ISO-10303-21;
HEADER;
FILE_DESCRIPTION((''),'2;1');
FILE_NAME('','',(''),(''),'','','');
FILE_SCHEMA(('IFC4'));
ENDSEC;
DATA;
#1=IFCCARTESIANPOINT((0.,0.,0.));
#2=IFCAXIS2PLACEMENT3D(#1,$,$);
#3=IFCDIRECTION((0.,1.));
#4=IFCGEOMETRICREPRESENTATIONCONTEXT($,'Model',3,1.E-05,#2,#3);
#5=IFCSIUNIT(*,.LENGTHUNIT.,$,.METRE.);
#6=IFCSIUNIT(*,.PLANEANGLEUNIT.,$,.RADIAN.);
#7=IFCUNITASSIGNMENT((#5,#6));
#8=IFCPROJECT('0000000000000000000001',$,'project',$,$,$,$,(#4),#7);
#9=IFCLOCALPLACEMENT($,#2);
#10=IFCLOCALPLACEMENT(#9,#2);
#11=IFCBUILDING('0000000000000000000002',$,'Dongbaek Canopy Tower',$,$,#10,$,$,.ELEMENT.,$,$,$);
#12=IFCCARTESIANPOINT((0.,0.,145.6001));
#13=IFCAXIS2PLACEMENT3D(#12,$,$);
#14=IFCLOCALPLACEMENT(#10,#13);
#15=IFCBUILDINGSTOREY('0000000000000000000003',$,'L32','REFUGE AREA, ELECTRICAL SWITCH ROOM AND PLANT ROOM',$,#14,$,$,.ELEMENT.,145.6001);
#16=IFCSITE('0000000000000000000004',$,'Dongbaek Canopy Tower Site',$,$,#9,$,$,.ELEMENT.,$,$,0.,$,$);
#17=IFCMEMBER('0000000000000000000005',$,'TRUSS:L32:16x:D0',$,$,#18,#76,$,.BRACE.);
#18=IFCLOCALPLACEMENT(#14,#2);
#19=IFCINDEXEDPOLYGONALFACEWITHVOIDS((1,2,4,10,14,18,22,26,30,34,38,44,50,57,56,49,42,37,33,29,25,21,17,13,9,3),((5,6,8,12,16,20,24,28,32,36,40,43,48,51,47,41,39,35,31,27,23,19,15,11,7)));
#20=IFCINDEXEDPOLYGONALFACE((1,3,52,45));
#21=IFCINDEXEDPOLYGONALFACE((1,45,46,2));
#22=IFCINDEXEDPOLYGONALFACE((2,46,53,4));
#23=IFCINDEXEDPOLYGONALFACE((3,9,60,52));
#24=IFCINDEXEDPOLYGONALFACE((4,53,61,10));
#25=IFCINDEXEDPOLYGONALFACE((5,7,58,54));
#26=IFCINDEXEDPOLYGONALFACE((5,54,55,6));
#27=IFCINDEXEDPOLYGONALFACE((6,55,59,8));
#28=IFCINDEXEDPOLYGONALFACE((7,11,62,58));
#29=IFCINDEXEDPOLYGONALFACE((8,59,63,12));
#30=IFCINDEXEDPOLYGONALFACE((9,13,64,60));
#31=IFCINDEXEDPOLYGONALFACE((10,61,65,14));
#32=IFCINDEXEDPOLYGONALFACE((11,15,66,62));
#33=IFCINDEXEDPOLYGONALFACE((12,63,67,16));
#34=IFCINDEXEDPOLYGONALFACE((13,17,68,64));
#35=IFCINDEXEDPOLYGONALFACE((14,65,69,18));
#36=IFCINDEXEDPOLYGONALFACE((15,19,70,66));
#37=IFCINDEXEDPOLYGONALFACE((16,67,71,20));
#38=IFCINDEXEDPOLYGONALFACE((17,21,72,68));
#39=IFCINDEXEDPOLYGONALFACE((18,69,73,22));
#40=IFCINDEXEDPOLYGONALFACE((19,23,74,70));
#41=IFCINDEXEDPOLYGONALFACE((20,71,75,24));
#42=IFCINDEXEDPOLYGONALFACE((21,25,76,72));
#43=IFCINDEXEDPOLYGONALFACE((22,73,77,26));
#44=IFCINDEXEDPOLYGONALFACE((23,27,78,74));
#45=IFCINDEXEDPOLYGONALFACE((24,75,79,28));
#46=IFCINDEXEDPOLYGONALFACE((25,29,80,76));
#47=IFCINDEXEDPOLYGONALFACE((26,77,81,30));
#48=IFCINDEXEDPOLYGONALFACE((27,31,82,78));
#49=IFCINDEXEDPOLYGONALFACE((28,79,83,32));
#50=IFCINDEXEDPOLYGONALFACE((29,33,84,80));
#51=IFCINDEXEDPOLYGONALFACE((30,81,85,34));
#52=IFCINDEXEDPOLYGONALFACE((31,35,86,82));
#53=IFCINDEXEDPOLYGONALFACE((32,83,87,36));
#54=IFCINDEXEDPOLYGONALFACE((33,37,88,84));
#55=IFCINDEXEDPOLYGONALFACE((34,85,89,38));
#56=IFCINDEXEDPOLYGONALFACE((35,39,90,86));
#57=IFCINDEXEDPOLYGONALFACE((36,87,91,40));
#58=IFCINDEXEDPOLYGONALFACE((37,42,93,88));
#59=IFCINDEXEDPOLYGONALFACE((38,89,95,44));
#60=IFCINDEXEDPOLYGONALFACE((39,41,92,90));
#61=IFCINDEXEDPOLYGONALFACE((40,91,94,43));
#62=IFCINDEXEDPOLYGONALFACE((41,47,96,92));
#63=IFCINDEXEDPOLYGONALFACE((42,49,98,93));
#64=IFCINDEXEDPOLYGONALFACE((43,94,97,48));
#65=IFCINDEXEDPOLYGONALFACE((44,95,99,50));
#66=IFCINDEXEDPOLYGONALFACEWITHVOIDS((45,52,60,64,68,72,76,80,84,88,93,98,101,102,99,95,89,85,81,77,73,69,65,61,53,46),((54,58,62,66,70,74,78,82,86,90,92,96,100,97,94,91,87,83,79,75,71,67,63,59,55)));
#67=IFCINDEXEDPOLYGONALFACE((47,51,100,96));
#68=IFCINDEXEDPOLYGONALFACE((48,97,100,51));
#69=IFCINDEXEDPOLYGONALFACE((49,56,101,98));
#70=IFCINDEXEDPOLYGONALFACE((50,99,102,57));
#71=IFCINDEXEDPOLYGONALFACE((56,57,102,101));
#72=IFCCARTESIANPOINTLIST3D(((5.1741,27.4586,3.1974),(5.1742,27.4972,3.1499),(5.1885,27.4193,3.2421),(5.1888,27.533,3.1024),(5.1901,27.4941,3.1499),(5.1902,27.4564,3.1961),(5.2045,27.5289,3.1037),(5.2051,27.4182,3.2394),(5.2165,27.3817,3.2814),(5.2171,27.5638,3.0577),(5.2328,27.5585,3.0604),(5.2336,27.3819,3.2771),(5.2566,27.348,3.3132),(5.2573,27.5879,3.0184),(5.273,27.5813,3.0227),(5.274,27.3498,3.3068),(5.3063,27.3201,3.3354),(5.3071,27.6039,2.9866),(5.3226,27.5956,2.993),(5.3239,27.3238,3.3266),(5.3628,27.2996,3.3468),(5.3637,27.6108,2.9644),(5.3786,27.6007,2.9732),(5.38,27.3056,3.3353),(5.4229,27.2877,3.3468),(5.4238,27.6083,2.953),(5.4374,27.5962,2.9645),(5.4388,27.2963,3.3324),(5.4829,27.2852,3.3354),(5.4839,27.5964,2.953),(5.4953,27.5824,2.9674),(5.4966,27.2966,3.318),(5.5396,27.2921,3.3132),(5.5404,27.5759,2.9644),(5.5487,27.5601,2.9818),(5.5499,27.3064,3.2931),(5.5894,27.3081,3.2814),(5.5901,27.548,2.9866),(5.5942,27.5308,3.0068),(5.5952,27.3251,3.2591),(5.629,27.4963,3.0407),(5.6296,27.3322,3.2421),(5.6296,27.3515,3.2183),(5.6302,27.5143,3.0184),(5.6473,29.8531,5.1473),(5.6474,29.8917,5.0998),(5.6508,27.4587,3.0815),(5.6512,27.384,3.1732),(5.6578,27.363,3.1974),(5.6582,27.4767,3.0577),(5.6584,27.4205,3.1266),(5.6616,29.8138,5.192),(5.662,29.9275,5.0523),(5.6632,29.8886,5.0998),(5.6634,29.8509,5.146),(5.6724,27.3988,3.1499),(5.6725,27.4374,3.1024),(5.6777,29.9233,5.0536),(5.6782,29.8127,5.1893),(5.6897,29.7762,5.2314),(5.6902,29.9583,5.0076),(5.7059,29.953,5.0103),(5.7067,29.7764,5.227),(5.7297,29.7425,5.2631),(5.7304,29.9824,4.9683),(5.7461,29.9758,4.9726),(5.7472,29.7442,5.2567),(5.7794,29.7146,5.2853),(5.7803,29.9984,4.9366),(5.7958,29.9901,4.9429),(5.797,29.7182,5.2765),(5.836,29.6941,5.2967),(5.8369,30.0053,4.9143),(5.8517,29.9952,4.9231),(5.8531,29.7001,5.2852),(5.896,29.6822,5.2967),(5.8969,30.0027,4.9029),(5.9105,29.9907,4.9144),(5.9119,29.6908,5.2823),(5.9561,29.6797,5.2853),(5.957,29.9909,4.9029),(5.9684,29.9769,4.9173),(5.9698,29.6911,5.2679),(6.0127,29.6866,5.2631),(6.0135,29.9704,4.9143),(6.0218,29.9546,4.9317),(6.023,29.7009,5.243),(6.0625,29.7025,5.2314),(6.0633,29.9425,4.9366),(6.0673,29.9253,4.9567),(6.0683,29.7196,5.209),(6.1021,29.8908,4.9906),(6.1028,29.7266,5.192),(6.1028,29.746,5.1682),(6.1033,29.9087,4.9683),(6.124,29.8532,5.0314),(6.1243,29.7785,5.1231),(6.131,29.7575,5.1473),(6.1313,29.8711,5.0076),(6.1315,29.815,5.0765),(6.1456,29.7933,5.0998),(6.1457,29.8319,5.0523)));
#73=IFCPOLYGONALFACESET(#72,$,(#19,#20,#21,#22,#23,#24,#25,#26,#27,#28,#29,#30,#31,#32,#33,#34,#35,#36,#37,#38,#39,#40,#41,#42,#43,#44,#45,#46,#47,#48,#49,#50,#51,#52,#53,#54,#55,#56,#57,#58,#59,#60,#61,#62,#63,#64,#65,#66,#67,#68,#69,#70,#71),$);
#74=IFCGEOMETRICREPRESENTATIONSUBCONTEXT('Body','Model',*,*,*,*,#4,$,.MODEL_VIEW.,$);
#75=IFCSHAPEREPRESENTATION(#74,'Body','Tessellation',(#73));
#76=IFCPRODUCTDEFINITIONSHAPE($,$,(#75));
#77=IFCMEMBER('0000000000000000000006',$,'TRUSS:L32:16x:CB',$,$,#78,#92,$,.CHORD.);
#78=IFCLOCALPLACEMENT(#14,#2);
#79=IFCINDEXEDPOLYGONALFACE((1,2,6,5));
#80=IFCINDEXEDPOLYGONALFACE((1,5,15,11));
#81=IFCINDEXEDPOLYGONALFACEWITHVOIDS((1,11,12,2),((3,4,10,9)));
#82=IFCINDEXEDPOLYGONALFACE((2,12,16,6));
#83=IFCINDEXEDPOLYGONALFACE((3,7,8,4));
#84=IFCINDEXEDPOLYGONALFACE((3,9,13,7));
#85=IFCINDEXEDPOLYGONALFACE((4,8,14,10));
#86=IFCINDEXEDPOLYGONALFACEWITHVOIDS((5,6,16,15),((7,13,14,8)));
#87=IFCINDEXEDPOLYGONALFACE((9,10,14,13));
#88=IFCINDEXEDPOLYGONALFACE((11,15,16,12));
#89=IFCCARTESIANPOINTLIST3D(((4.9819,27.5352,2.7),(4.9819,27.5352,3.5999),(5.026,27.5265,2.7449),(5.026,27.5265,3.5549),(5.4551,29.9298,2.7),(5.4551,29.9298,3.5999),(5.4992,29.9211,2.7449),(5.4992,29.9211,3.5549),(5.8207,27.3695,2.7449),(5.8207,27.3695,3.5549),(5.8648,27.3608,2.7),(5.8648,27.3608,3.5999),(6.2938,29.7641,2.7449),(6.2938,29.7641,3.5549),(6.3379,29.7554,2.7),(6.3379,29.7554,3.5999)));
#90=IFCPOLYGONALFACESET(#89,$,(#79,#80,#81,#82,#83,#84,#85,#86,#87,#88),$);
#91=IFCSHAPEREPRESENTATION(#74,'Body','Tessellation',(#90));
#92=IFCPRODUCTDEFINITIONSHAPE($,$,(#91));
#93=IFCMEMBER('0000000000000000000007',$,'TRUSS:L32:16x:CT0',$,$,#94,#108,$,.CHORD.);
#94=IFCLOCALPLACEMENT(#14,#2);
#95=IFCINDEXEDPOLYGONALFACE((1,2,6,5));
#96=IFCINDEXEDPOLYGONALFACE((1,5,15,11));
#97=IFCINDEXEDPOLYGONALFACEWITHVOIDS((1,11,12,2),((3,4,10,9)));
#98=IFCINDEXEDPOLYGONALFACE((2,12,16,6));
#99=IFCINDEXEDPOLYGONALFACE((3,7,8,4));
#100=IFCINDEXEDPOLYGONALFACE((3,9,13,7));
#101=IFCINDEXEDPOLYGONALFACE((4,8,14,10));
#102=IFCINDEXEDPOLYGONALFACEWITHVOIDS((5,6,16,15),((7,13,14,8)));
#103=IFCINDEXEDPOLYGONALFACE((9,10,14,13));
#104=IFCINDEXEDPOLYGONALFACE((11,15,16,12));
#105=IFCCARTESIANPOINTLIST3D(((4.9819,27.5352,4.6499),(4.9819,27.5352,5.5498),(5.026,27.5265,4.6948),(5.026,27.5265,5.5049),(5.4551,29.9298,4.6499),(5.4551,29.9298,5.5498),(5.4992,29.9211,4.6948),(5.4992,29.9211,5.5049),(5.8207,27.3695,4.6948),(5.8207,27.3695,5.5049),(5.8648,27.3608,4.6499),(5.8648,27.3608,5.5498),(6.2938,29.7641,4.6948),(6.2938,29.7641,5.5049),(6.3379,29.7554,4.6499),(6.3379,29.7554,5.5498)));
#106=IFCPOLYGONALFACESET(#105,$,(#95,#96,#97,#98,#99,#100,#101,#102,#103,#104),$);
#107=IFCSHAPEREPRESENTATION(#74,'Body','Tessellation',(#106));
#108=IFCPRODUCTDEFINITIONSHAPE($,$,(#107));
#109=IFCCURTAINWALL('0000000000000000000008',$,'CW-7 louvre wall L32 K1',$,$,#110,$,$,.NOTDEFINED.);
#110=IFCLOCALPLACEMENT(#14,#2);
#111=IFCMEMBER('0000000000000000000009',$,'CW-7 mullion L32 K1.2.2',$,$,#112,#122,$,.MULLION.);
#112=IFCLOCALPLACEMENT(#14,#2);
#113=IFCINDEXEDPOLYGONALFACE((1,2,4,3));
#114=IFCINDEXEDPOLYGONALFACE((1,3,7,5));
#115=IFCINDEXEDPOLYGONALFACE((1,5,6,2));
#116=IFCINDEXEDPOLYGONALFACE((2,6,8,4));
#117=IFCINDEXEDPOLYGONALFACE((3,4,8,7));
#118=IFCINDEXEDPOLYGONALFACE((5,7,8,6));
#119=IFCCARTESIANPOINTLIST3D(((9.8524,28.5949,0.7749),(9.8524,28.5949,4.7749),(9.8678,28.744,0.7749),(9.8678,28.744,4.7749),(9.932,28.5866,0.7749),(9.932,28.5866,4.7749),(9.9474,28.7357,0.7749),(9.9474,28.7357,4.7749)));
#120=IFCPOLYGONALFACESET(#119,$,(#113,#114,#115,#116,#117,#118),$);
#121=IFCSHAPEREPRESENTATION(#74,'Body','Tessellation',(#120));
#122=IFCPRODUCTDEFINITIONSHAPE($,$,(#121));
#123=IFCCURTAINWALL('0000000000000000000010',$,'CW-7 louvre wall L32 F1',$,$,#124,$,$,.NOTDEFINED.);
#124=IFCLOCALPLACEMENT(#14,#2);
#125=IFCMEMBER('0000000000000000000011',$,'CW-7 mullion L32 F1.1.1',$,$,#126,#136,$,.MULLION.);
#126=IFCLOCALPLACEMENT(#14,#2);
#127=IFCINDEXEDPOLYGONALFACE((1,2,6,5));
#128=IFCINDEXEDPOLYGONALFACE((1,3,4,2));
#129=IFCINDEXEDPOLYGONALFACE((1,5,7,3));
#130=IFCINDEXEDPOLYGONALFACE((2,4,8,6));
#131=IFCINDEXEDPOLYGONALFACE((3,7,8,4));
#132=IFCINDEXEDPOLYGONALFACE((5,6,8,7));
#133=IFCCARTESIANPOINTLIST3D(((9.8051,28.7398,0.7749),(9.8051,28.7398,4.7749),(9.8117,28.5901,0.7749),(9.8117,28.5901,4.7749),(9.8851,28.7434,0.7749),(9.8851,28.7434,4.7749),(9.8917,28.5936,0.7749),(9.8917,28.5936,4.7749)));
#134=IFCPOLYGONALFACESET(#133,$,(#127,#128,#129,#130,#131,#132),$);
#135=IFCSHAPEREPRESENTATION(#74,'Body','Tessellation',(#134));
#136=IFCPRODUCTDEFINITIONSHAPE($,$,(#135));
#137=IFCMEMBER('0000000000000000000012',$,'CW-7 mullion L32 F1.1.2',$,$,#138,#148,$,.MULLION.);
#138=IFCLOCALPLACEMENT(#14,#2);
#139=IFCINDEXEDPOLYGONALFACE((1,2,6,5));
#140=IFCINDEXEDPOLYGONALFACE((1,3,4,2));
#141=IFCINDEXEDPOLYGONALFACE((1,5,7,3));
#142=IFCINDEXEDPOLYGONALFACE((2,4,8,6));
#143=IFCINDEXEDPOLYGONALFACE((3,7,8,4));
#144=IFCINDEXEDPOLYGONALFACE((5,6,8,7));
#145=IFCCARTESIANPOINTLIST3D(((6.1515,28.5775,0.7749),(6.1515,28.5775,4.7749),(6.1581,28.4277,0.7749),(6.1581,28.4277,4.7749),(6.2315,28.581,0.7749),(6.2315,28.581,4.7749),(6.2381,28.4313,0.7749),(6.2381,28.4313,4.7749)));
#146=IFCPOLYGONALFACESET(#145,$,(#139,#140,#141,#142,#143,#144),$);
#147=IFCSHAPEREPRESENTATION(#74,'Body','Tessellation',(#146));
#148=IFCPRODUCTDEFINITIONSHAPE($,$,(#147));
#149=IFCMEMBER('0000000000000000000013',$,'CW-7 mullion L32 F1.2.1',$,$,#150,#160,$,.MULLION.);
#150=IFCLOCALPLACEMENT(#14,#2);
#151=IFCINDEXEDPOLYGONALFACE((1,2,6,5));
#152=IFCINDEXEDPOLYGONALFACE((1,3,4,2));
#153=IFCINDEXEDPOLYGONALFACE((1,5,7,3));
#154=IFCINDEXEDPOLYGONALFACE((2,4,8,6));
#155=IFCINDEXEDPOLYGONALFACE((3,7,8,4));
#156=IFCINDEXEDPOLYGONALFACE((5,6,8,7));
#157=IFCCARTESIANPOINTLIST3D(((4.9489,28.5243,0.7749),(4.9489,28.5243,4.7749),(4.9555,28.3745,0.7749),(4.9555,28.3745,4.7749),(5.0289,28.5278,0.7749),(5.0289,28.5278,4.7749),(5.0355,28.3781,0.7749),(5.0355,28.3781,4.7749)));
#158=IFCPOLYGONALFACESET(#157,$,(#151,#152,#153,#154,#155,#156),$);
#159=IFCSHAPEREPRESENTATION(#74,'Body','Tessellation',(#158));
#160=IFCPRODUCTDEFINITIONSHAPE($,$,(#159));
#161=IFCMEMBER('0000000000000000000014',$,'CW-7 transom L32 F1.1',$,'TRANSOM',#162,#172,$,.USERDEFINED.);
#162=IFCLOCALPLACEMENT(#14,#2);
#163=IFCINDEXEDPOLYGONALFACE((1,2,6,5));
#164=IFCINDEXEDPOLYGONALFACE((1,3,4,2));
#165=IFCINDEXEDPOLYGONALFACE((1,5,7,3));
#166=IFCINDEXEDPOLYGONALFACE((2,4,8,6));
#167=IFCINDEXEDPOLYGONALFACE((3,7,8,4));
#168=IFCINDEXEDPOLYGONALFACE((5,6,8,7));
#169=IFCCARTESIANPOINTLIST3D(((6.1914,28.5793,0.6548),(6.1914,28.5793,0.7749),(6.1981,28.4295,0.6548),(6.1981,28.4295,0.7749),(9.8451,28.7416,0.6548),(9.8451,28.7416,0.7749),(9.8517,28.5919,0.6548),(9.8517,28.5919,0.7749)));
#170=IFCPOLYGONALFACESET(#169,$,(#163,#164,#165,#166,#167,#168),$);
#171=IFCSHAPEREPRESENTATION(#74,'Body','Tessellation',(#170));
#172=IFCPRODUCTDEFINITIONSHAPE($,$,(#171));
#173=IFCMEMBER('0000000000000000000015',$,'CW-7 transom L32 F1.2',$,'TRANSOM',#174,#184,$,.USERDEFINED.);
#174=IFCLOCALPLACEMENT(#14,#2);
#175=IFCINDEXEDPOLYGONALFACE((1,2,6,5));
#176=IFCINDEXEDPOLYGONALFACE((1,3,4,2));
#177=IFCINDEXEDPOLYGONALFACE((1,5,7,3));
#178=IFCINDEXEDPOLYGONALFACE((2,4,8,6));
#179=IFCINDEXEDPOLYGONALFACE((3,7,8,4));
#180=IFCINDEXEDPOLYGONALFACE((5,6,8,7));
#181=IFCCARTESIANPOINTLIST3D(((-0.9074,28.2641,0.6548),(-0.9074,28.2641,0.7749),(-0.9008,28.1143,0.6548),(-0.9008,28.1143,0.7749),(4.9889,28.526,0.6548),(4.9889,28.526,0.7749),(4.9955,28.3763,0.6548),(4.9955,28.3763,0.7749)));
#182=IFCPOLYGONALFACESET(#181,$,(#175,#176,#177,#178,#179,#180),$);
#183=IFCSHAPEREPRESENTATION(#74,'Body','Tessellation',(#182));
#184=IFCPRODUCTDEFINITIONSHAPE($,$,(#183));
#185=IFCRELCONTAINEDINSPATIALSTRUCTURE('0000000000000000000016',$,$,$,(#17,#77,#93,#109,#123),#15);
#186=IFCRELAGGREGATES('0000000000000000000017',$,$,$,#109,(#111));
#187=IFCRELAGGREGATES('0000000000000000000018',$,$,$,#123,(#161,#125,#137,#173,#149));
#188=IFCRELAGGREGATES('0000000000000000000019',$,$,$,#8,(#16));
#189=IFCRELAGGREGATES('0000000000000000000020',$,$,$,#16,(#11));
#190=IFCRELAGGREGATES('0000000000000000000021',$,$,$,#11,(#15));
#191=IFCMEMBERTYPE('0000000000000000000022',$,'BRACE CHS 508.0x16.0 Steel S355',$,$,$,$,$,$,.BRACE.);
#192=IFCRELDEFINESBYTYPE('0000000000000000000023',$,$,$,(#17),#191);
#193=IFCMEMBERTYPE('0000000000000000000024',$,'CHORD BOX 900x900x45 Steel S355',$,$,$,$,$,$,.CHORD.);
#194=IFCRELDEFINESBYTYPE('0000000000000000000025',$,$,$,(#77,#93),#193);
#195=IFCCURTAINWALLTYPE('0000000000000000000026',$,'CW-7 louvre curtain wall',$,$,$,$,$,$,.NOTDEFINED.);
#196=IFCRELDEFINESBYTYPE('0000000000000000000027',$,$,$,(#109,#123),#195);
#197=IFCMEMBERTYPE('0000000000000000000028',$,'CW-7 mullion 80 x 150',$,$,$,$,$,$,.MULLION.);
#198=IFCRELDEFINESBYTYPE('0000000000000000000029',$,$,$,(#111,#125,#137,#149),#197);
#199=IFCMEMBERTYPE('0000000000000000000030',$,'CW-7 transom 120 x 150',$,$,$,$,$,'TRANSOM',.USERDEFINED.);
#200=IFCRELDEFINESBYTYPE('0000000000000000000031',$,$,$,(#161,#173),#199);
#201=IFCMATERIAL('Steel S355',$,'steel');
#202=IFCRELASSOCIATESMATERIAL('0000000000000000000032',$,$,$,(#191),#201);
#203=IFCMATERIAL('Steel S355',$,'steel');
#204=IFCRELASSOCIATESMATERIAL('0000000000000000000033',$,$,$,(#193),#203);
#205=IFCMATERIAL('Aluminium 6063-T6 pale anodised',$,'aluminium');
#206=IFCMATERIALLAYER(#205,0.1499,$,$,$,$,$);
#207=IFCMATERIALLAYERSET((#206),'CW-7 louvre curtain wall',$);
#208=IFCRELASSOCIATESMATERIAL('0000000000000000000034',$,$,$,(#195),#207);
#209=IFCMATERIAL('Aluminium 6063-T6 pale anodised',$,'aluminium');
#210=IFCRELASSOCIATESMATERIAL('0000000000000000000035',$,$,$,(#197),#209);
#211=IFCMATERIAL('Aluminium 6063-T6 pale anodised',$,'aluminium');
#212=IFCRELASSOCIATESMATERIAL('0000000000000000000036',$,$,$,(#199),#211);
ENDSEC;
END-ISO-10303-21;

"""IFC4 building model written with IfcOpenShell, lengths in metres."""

from ifc_helpers import new_model, si_unit, direction, frame, origin, origin_2d, place, context, subcontext, project, spatial, rectangle, hollow_rectangle, hollow_circle, extrude, material, layer, layer_set, material_profile, profile_set, type_object, element, aggregate, save


model = new_model("IFC4")

# Units and contexts
model_context = context("Model", 3, precision=1e-05, world=origin(), true_north=direction((0.0, 1.0)))
body_context = subcontext(model_context, "Body", "Model", "MODEL_VIEW")
ifc_project = project(units=[si_unit("LENGTHUNIT", "METRE"), si_unit("PLANEANGLEUNIT", "RADIAN")], contexts=[model_context])

# Site, building, storey
site_placement = place(None, origin())
site = spatial("IfcSite", under=ifc_project, at=site_placement, Name="Dongbaek Canopy Tower Site", CompositionType="ELEMENT", RefElevation=0.0)
building_placement = place(site_placement, origin())
building = spatial("IfcBuilding", under=site, at=building_placement, Name="Dongbaek Canopy Tower", CompositionType="ELEMENT")
storey_placement = place(building_placement, frame((0.0, 0.0, 145.6001)))
storey = spatial("IfcBuildingStorey", under=building, at=storey_placement, Name="L32", Description="REFUGE AREA, ELECTRICAL SWITCH ROOM AND PLANT ROOM", CompositionType="ELEMENT", Elevation=145.6001)

# Members
ifc_material_1 = material(Name="Steel S355", Category="steel")
ifc_material_profile_1 = material_profile(ifc_material_1, hollow_circle(Radius=0.2539, WallThickness=0.0161, at=origin_2d()), Name="BRACE CHS 508.0x16.0 Steel S355")
ifc_profile_set_1 = profile_set([ifc_material_profile_1], Name="Steel S355")
member_type_1 = type_object("IfcMemberType", Name="BRACE CHS 508.0x16.0 Steel S355", PredefinedType="BRACE", material=ifc_profile_set_1)
member_1_placement = place(storey_placement, frame((5.4233, 27.448, 3.1499), z_axis=(0.15145, 0.766473, 0.624166), x_axis=(-0.981032, 0.193846, 0.0)))
element("IfcMember", 1, at=member_1_placement, inside=storey, type_object=member_type_1, Name="TRUSS:L32:16x:D0", PredefinedType="BRACE", context=body_context, shape_type="SweptSolid", body=[
    extrude(hollow_circle(Radius=0.2539, WallThickness=0.0161, at=origin_2d()), origin(), (0.0, 0.0, 1.0), 3.124),
])
ifc_material_2 = material(Name="Steel S355", Category="steel")
ifc_material_profile_2 = material_profile(ifc_material_2, hollow_rectangle(XDim=0.8999, YDim=0.8999, WallThickness=0.0449, at=origin_2d()), Name="CHORD BOX 900x900x45 Steel S355")
ifc_profile_set_2 = profile_set([ifc_material_profile_2], Name="Steel S355")
member_type_2 = type_object("IfcMemberType", Name="CHORD BOX 900x900x45 Steel S355", PredefinedType="CHORD", material=ifc_profile_set_2)
for number, where, z_axis, x_axis, name in (
    (2, (5.4233, 27.448, 3.1499), (0.193846, 0.981032, 0.0), (-0.981032, 0.193846, 0.0), "TRUSS:L32:16x:CB"),
    (3, (5.4233, 27.448, 5.0999), (0.193846, 0.981032, 0.0), (-0.981032, 0.193846, 0.0), "TRUSS:L32:16x:CT0"),
):
    element("IfcMember", number, at=place(storey_placement, frame(where, z_axis=z_axis, x_axis=x_axis)), inside=storey, type_object=member_type_2, Name=name, PredefinedType="CHORD", context=body_context, shape_type="SweptSolid", body=[
        extrude(hollow_rectangle(XDim=0.8999, YDim=0.8999, WallThickness=0.0449, at=origin_2d()), origin(), (0.0, 0.0, 1.0), 2.4409),
    ])

# Curtain wall, member
ifc_material_3 = material(Name="Aluminium 6063-T6 pale anodised", Category="aluminium")
ifc_layer_1 = layer(ifc_material_3, 0.1499)
ifc_layer_set_1 = layer_set([ifc_layer_1], Name="CW-7 louvre curtain wall")
curtain_wall_type = type_object("IfcCurtainWallType", Name="CW-7 louvre curtain wall", PredefinedType="NOTDEFINED", material=ifc_layer_set_1)
curtain_wall_1_placement = place(storey_placement, origin())
curtain_wall_1 = element("IfcCurtainWall", 4, at=curtain_wall_1_placement, inside=storey, type_object=curtain_wall_type, Name="CW-7 louvre wall L32 K1", PredefinedType="NOTDEFINED")
ifc_material_4 = material(Name="Aluminium 6063-T6 pale anodised", Category="aluminium")
ifc_material_profile_3 = material_profile(ifc_material_4, rectangle(XDim=0.1499, YDim=0.0801, at=origin_2d()), Name="CW-7 mullion 80 x 150")
ifc_profile_set_3 = profile_set([ifc_material_profile_3], Name="Aluminium 6063-T6 pale anodised")
member_type_3 = type_object("IfcMemberType", Name="CW-7 mullion 80 x 150", PredefinedType="MULLION", material=ifc_profile_set_3)
member_2_placement = place(storey_placement, frame((9.8999, 28.6653, 0.7749), z_axis=(0.0, 0.0, 1.0), x_axis=(0.103005, 0.994681, 0.0)))
member_2 = element("IfcMember", 5, at=member_2_placement, type_object=member_type_3, Name="CW-7 mullion L32 K1.2.2", PredefinedType="MULLION", context=body_context, shape_type="SweptSolid", body=[
    extrude(rectangle(XDim=0.1499, YDim=0.0801, at=origin_2d()), origin(), (0.0, 0.0, 1.0), 4.0),
])
aggregate(curtain_wall_1, [member_2])

# Curtain wall, members
curtain_wall_2_placement = place(storey_placement, origin())
curtain_wall_2 = element("IfcCurtainWall", 6, at=curtain_wall_2_placement, inside=storey, type_object=curtain_wall_type, Name="CW-7 louvre wall L32 F1", PredefinedType="NOTDEFINED")
member_3_placement = place(storey_placement, frame((9.8484, 28.6667, 0.7749), z_axis=(0.0, 0.0, 1.0), x_axis=(-0.04436, 0.999016, 0.0)))
member_3 = element("IfcMember", 7, at=member_3_placement, type_object=member_type_3, Name="CW-7 mullion L32 F1.1.1", PredefinedType="MULLION", context=body_context, shape_type="SweptSolid", body=[
    extrude(rectangle(XDim=0.1499, YDim=0.0801, at=origin_2d()), origin(), (0.0, 0.0, 1.0), 4.0),
])
member_4_placement = place(storey_placement, frame((6.1948, 28.5044, 0.7749), z_axis=(0.0, 0.0, 1.0), x_axis=(-0.04436, 0.999016, 0.0)))
member_4 = element("IfcMember", 8, at=member_4_placement, type_object=member_type_3, Name="CW-7 mullion L32 F1.1.2", PredefinedType="MULLION", context=body_context, shape_type="SweptSolid", body=[
    extrude(rectangle(XDim=0.1499, YDim=0.0801, at=origin_2d()), origin(), (0.0, 0.0, 1.0), 4.0),
])
member_5_placement = place(storey_placement, frame((4.9922, 28.4512, 0.7749), z_axis=(0.0, 0.0, 1.0), x_axis=(-0.04436, 0.999016, 0.0)))
member_5 = element("IfcMember", 9, at=member_5_placement, type_object=member_type_3, Name="CW-7 mullion L32 F1.2.1", PredefinedType="MULLION", context=body_context, shape_type="SweptSolid", body=[
    extrude(rectangle(XDim=0.1499, YDim=0.0801, at=origin_2d()), origin(), (0.0, 0.0, 1.0), 4.0),
])
ifc_material_5 = material(Name="Aluminium 6063-T6 pale anodised", Category="aluminium")
ifc_material_profile_4 = material_profile(ifc_material_5, rectangle(XDim=0.1499, YDim=0.1201, at=origin_2d()), Name="CW-7 transom 120 x 150")
ifc_profile_set_4 = profile_set([ifc_material_profile_4], Name="Aluminium 6063-T6 pale anodised")
member_type_4 = type_object("IfcMemberType", Name="CW-7 transom 120 x 150", ElementType="TRANSOM", PredefinedType="USERDEFINED", material=ifc_profile_set_4)
member_6_placement = place(storey_placement, frame((9.8484, 28.6667, 0.7148), z_axis=(-0.999014, -0.044393, 0.0), x_axis=(0.044393, -0.999014, 0.0)))
member_6 = element("IfcMember", 10, at=member_6_placement, type_object=member_type_4, Name="CW-7 transom L32 F1.1", ObjectType="TRANSOM", PredefinedType="USERDEFINED", context=body_context, shape_type="SweptSolid", body=[
    extrude(rectangle(XDim=0.1499, YDim=0.1201, at=origin_2d()), origin(), (0.0, 0.0, 1.0), 3.6572),
])
member_7_placement = place(storey_placement, frame((4.9922, 28.4512, 0.7148), z_axis=(-0.999014, -0.044385, 0.0), x_axis=(0.044385, -0.999014, 0.0)))
member_7 = element("IfcMember", 11, at=member_7_placement, type_object=member_type_4, Name="CW-7 transom L32 F1.2", ObjectType="TRANSOM", PredefinedType="USERDEFINED", context=body_context, shape_type="SweptSolid", body=[
    extrude(rectangle(XDim=0.1499, YDim=0.1201, at=origin_2d()), origin(), (0.0, 0.0, 1.0), 5.9021),
])

aggregate(curtain_wall_2, [member_6, member_3, member_4, member_7, member_5])

save(model, "model.ifc")
